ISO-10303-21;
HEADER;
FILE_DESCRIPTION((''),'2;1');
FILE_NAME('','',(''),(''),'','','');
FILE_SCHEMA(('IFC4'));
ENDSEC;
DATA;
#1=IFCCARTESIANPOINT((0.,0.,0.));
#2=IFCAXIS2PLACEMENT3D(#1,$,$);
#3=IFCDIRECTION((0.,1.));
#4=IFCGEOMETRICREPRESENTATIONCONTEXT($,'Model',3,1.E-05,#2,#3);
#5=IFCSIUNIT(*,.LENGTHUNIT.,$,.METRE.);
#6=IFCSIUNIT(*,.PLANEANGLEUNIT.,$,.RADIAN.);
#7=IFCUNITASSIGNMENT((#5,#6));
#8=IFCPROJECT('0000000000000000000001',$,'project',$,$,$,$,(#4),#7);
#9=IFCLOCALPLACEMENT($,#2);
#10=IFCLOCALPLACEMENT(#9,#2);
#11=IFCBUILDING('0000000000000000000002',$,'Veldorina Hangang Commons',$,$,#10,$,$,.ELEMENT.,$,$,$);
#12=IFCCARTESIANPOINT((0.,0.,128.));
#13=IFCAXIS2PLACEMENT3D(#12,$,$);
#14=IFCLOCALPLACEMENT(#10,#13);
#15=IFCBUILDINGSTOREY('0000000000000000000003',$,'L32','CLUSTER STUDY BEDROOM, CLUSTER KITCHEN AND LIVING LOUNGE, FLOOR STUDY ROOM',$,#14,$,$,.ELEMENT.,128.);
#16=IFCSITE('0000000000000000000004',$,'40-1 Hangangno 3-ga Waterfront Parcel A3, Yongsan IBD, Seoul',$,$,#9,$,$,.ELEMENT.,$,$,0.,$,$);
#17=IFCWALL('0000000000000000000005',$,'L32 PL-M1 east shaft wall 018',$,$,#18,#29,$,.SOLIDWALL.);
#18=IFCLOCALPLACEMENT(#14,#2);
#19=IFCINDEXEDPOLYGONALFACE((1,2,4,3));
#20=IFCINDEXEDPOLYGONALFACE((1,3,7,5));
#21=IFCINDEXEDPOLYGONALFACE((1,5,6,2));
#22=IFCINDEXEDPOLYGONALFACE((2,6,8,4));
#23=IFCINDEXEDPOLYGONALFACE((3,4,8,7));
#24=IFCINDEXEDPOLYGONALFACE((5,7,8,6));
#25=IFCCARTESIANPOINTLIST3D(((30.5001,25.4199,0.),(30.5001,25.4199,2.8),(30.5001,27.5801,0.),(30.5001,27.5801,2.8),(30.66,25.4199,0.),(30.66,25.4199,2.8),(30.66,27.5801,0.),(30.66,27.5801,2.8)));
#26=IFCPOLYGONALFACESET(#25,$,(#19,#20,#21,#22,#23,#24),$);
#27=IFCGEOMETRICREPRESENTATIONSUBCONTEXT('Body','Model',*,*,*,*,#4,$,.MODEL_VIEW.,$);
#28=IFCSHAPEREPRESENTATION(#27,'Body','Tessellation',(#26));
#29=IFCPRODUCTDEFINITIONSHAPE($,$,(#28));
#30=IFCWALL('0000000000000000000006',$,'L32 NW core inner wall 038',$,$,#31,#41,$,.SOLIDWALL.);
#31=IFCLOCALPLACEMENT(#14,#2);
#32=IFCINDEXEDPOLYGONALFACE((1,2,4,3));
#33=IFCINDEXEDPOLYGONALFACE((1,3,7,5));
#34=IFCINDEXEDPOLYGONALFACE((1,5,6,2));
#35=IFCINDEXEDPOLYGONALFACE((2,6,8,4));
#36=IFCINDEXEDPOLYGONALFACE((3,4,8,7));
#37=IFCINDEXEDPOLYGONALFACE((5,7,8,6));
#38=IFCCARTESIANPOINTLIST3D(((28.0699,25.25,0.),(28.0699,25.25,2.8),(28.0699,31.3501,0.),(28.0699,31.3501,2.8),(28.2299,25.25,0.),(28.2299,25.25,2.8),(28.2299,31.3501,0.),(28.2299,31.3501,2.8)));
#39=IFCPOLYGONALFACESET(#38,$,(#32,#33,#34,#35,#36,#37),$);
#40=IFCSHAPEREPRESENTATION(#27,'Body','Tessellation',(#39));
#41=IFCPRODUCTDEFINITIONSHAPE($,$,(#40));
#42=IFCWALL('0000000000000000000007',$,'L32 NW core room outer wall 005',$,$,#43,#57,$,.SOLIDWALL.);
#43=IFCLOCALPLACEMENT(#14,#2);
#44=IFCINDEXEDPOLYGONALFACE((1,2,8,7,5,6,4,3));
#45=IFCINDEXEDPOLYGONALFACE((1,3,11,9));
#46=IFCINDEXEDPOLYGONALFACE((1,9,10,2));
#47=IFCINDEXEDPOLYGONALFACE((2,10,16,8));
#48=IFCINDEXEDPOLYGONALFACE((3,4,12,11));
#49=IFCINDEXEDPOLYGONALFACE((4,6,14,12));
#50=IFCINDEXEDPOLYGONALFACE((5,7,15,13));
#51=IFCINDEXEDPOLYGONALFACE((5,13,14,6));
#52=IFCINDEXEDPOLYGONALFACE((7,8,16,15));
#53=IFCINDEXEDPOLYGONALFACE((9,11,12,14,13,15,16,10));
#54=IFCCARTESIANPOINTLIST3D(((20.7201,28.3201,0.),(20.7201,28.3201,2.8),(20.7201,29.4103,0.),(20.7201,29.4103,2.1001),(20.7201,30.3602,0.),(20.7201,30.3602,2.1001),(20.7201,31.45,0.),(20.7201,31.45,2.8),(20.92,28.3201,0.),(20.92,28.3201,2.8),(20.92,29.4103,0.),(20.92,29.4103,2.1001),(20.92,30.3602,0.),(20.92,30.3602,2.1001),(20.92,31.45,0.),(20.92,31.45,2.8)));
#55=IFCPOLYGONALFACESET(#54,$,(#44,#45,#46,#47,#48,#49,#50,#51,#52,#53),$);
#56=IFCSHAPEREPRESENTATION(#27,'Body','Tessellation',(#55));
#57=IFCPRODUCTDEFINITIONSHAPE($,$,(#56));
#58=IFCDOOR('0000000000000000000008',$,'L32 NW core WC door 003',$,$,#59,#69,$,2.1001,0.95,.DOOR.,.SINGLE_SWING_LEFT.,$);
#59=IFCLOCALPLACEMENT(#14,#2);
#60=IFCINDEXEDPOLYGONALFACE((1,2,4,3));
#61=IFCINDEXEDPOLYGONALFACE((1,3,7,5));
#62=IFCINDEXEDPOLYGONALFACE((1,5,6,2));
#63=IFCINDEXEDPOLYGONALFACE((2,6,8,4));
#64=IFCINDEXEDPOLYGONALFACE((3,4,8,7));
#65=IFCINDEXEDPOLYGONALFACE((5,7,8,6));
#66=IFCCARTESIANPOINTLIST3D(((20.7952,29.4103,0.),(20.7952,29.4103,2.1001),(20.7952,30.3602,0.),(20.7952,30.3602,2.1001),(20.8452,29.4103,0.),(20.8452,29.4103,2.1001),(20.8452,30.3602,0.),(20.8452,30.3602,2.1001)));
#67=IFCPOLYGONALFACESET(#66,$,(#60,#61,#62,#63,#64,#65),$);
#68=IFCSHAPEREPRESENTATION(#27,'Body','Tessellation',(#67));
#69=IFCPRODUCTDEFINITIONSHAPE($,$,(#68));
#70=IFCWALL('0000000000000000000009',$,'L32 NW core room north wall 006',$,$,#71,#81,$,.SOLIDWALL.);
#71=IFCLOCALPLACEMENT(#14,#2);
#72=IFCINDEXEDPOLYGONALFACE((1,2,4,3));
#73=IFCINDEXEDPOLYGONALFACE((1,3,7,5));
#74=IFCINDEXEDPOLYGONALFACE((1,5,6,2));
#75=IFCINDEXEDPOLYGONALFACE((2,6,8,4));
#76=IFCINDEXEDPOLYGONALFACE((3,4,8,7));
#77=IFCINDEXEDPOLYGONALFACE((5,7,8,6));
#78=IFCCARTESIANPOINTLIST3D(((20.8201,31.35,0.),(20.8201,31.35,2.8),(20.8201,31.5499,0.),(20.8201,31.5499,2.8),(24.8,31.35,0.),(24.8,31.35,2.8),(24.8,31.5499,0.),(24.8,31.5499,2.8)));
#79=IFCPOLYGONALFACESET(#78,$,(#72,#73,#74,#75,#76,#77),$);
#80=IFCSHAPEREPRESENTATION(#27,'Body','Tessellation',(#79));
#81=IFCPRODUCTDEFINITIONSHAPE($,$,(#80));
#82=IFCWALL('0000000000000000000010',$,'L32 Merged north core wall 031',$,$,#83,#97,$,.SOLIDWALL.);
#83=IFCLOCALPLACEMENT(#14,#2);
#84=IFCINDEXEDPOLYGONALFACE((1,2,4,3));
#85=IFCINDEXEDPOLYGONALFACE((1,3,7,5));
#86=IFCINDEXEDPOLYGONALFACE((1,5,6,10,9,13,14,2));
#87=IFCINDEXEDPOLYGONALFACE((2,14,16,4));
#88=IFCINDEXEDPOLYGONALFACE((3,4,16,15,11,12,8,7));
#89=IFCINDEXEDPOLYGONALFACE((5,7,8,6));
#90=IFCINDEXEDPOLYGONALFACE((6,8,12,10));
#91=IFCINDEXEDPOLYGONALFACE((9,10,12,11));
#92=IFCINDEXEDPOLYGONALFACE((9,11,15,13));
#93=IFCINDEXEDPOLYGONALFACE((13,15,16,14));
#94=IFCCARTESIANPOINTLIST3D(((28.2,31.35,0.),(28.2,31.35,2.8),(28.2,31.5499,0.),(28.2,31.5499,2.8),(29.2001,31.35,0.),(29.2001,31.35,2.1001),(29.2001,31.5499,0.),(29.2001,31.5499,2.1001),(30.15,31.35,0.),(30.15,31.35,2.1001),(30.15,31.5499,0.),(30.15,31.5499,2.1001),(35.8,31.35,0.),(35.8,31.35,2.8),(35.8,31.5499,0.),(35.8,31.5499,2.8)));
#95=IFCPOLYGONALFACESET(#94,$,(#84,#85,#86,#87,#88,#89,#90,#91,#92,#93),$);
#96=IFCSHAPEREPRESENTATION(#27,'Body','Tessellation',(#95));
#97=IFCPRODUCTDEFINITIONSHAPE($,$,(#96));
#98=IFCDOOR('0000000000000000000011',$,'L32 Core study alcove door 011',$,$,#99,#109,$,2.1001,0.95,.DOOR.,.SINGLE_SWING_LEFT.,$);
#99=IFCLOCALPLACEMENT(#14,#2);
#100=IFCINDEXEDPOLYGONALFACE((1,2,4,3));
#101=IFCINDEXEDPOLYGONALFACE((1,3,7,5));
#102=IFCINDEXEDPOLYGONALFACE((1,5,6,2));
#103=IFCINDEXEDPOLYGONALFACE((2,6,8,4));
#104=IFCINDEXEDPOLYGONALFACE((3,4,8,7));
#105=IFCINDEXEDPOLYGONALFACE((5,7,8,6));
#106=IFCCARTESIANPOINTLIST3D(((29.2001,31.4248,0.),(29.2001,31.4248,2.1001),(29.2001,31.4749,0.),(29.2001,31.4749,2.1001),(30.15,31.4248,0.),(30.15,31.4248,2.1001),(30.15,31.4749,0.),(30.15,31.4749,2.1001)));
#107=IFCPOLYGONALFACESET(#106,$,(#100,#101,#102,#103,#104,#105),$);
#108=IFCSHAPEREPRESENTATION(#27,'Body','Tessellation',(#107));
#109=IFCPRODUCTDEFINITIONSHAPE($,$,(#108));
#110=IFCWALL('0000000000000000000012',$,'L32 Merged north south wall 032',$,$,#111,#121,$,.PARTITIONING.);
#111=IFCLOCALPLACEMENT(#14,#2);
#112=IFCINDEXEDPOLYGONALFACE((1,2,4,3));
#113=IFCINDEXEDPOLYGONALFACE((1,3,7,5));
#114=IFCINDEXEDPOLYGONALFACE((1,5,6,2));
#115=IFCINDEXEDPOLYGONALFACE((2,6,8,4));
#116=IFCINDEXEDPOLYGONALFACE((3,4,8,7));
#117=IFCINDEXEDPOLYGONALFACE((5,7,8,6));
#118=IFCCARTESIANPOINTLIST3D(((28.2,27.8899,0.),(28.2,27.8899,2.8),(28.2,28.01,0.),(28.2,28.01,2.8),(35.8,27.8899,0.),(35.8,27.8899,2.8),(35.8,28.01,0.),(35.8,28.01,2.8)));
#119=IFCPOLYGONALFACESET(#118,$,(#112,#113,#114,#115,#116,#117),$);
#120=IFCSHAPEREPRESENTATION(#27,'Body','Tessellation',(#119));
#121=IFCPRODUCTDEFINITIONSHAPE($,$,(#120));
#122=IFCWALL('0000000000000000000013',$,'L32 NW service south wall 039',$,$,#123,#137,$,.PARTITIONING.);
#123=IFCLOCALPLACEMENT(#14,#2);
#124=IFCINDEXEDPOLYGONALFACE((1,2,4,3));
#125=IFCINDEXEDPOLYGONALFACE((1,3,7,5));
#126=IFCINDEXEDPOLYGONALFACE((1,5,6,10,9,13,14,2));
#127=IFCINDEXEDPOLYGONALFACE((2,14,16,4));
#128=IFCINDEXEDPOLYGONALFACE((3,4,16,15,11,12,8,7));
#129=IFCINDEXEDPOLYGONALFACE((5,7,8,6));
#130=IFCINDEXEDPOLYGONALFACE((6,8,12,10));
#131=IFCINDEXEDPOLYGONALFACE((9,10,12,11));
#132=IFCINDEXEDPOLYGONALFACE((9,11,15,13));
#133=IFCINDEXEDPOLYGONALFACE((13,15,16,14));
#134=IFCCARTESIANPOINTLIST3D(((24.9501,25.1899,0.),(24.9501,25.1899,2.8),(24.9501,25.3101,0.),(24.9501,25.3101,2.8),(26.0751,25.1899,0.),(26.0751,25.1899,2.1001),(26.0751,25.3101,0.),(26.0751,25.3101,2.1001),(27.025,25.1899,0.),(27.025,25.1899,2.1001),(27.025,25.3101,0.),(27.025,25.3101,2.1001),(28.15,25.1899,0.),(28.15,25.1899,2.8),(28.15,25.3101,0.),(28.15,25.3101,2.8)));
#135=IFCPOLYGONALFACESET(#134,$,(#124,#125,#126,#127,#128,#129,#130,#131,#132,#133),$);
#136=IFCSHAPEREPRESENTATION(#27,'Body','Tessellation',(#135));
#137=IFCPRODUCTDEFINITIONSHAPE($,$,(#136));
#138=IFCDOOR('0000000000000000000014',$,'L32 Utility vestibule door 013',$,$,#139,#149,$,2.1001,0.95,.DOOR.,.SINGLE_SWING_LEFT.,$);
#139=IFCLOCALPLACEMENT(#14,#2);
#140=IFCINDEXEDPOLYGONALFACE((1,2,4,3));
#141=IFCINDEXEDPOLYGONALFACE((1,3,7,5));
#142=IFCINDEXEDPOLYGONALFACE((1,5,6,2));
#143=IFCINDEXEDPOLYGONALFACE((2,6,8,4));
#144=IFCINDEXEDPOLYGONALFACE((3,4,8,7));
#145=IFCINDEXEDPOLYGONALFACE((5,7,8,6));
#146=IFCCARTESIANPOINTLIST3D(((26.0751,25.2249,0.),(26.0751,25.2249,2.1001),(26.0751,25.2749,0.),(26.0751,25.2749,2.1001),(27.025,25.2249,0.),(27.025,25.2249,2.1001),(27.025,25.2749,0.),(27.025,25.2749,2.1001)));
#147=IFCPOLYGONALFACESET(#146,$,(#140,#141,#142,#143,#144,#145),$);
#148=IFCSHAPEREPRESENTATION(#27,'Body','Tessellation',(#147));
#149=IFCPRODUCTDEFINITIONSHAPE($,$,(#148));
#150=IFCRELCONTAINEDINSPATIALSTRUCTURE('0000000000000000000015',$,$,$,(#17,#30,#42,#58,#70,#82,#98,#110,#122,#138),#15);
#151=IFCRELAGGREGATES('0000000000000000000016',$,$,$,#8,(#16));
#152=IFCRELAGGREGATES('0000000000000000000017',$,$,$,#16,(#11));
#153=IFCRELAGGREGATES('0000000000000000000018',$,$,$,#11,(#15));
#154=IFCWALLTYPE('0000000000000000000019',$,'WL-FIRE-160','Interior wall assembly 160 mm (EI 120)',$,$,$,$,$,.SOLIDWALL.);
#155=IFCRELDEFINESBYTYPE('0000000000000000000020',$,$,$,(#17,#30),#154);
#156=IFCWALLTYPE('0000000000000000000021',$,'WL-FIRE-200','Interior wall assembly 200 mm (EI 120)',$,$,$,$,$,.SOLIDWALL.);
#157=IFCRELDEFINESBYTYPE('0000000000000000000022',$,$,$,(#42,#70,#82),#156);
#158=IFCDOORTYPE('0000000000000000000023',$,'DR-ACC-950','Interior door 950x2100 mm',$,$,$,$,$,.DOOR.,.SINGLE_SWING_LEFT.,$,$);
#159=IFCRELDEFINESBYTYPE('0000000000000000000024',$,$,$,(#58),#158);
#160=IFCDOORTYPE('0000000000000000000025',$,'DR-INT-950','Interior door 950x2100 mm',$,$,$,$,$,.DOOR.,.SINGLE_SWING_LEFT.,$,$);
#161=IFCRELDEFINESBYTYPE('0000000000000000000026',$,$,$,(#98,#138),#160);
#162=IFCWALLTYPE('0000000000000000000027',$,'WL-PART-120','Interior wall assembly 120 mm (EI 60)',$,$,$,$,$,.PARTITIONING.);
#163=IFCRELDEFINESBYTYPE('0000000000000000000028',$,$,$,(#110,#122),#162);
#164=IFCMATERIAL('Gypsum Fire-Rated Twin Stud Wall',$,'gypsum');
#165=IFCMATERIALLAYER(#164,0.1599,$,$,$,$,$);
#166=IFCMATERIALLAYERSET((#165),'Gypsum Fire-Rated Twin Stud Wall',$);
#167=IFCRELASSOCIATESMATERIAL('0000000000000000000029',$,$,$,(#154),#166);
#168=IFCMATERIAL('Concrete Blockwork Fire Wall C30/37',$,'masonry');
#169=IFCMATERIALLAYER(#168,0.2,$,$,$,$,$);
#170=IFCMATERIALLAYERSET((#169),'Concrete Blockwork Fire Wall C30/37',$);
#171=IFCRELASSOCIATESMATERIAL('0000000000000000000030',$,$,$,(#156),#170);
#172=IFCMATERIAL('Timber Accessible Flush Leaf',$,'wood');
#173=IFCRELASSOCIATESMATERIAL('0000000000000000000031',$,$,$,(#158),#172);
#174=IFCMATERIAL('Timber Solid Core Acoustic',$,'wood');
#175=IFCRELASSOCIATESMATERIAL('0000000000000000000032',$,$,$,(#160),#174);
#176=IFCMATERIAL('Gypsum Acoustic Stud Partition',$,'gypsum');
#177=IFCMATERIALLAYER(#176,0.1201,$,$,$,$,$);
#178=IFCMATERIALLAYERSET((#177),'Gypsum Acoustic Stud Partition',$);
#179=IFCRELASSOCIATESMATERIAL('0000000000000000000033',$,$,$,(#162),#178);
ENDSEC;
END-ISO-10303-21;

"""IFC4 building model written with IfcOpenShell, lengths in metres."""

from ifc_helpers import new_model, si_unit, direction, frame, frame_2d, origin, place, context, subcontext, project, spatial, rectangle, extrude, material, layer, layer_set, type_object, element, fill, save


model = new_model("IFC4")

# Units and contexts
model_context = context("Model", 3, precision=1e-05, world=origin(), true_north=direction((0.0, 1.0)))
body_context = subcontext(model_context, "Body", "Model", "MODEL_VIEW")
ifc_project = project(units=[si_unit("LENGTHUNIT", "METRE"), si_unit("PLANEANGLEUNIT", "RADIAN")], contexts=[model_context])

# Site, building, storey
site_placement = place(None, origin())
site = spatial("IfcSite", under=ifc_project, at=site_placement, Name="40-1 Hangangno 3-ga Waterfront Parcel A3, Yongsan IBD, Seoul", CompositionType="ELEMENT", RefElevation=0.0)
building_placement = place(site_placement, origin())
building = spatial("IfcBuilding", under=site, at=building_placement, Name="Veldorina Hangang Commons", CompositionType="ELEMENT")
storey_placement = place(building_placement, frame((0.0, 0.0, 128.0)))
storey = spatial("IfcBuildingStorey", under=building, at=storey_placement, Name="L32", Description="CLUSTER STUDY BEDROOM, CLUSTER KITCHEN AND LIVING LOUNGE, FLOOR STUDY ROOM", CompositionType="ELEMENT", Elevation=128.0)

# Shared definitions
ifc_material_1 = material(Name="Gypsum Fire-Rated Twin Stud Wall", Category="gypsum")
ifc_layer_1 = layer(ifc_material_1, 0.1599)
ifc_layer_set_1 = layer_set([ifc_layer_1], Name="Gypsum Fire-Rated Twin Stud Wall")
wall_type_1 = type_object("IfcWallType", Name="WL-FIRE-160", Description="Interior wall assembly 160 mm (EI 120)", PredefinedType="SOLIDWALL", material=ifc_layer_set_1)

# Walls
for number, where, z_axis, x_axis, name in (
    (1, (30.5801, 25.4199, 0.0), (0.0, 0.0, 1.0), (0.0, 1.0, 0.0), "L32 PL-M1 east shaft wall 018"),
):
    element("IfcWall", number, at=place(storey_placement, frame(where, z_axis=z_axis, x_axis=x_axis)), inside=storey, type_object=wall_type_1, Name=name, PredefinedType="SOLIDWALL", context=body_context, shape_type="SweptSolid", body=[
        extrude(rectangle(XDim=2.1602, YDim=0.1599, at=frame_2d((1.0801, 0.0))), origin(), (0.0, 0.0, 1.0), 2.8),
    ])
wall_1_placement = place(storey_placement, frame((28.1499, 25.25, 0.0), z_axis=(0.0, 0.0, 1.0), x_axis=(0.0, 1.0, 0.0)))
element("IfcWall", 2, at=wall_1_placement, inside=storey, type_object=wall_type_1, Name="L32 NW core inner wall 038", PredefinedType="SOLIDWALL", context=body_context, shape_type="SweptSolid", body=[
    extrude(rectangle(XDim=6.1001, YDim=0.1599, at=frame_2d((3.05, 0.0))), origin(), (0.0, 0.0, 1.0), 2.8),
])

# Wall, opening, door
ifc_material_2 = material(Name="Concrete Blockwork Fire Wall C30/37", Category="masonry")
ifc_layer_2 = layer(ifc_material_2, 0.2)
ifc_layer_set_2 = layer_set([ifc_layer_2], Name="Concrete Blockwork Fire Wall C30/37")
wall_type_2 = type_object("IfcWallType", Name="WL-FIRE-200", Description="Interior wall assembly 200 mm (EI 120)", PredefinedType="SOLIDWALL", material=ifc_layer_set_2)
wall_2_placement = place(storey_placement, frame((20.8201, 28.3201, 0.0), z_axis=(0.0, 0.0, 1.0), x_axis=(0.0, 1.0, 0.0)))
wall_2 = element("IfcWall", 3, at=wall_2_placement, inside=storey, type_object=wall_type_2, Name="L32 NW core room outer wall 005", PredefinedType="SOLIDWALL", context=body_context, shape_type="SweptSolid", body=[
    extrude(rectangle(XDim=3.1299, YDim=0.2, at=frame_2d((1.5649, 0.0))), origin(), (0.0, 0.0, 1.0), 2.8),
])
opening_1_placement = place(wall_2_placement, frame((1.0901, 0.0, 0.0)))
opening_1 = element("IfcOpeningElement", 4, at=opening_1_placement, cuts=wall_2, PredefinedType="OPENING", context=body_context, shape_type="SweptSolid", body=[
    extrude(rectangle(XDim=0.95, YDim=2.1001, at=frame_2d((0.4751, 1.05))), frame((0.0, 0.1099, 0.0), z_axis=(0.0, -1.0, 0.0), x_axis=(1.0, 0.0, 0.0)), (0.0, 0.0, 1.0), 0.22),
])
ifc_material_3 = material(Name="Timber Accessible Flush Leaf", Category="wood")
door_type_1 = type_object("IfcDoorType", Name="DR-ACC-950", Description="Interior door 950x2100 mm", OperationType="SINGLE_SWING_LEFT", PredefinedType="DOOR", material=ifc_material_3)
door_1_placement = place(opening_1_placement, origin())
door_1 = element("IfcDoor", 5, at=door_1_placement, inside=storey, type_object=door_type_1, Name="L32 NW core WC door 003", OperationType="SINGLE_SWING_LEFT", OverallHeight=2.1001, OverallWidth=0.95, PredefinedType="DOOR", context=body_context, shape_type="SweptSolid", body=[
    extrude(rectangle(XDim=0.95, YDim=2.1001, at=frame_2d((0.4751, 1.05))), frame((0.0, 0.0249, 0.0), z_axis=(0.0, -1.0, 0.0), x_axis=(1.0, 0.0, 0.0)), (0.0, 0.0, 1.0), 0.05),
])
fill(opening_1, door_1)

# Wall
wall_3_placement = place(storey_placement, frame((20.8201, 31.45, 0.0), z_axis=(0.0, 0.0, 1.0), x_axis=(1.0, 0.0, 0.0)))
element("IfcWall", 6, at=wall_3_placement, inside=storey, type_object=wall_type_2, Name="L32 NW core room north wall 006", PredefinedType="SOLIDWALL", context=body_context, shape_type="SweptSolid", body=[
    extrude(rectangle(XDim=3.98, YDim=0.2, at=frame_2d((1.99, 0.0))), origin(), (0.0, 0.0, 1.0), 2.8),
])

# Wall, opening, door
wall_4_placement = place(storey_placement, frame((28.2, 31.45, 0.0), z_axis=(0.0, 0.0, 1.0), x_axis=(1.0, 0.0, 0.0)))
wall_4 = element("IfcWall", 7, at=wall_4_placement, inside=storey, type_object=wall_type_2, Name="L32 Merged north core wall 031", PredefinedType="SOLIDWALL", context=body_context, shape_type="SweptSolid", body=[
    extrude(rectangle(XDim=7.6001, YDim=0.2, at=frame_2d((3.8, 0.0))), origin(), (0.0, 0.0, 1.0), 2.8),
])
opening_2_placement = place(wall_4_placement, frame((1.0, 0.0, 0.0)))
opening_2 = element("IfcOpeningElement", 8, at=opening_2_placement, cuts=wall_4, PredefinedType="OPENING", context=body_context, shape_type="SweptSolid", body=[
    extrude(rectangle(XDim=0.95, YDim=2.1001, at=frame_2d((0.4751, 1.05))), frame((0.0, 0.1099, 0.0), z_axis=(0.0, -1.0, 0.0), x_axis=(1.0, 0.0, 0.0)), (0.0, 0.0, 1.0), 0.22),
])
ifc_material_4 = material(Name="Timber Solid Core Acoustic", Category="wood")
door_type_2 = type_object("IfcDoorType", Name="DR-INT-950", Description="Interior door 950x2100 mm", OperationType="SINGLE_SWING_LEFT", PredefinedType="DOOR", material=ifc_material_4)
door_2_placement = place(opening_2_placement, origin())
door_2 = element("IfcDoor", 9, at=door_2_placement, inside=storey, type_object=door_type_2, Name="L32 Core study alcove door 011", OperationType="SINGLE_SWING_LEFT", OverallHeight=2.1001, OverallWidth=0.95, PredefinedType="DOOR", context=body_context, shape_type="SweptSolid", body=[
    extrude(rectangle(XDim=0.95, YDim=2.1001, at=frame_2d((0.4751, 1.05))), frame((0.0, 0.0249, 0.0), z_axis=(0.0, -1.0, 0.0), x_axis=(1.0, 0.0, 0.0)), (0.0, 0.0, 1.0), 0.05),
])
fill(opening_2, door_2)

# Wall
ifc_material_5 = material(Name="Gypsum Acoustic Stud Partition", Category="gypsum")
ifc_layer_3 = layer(ifc_material_5, 0.1201)
ifc_layer_set_3 = layer_set([ifc_layer_3], Name="Gypsum Acoustic Stud Partition")
wall_type_3 = type_object("IfcWallType", Name="WL-PART-120", Description="Interior wall assembly 120 mm (EI 60)", PredefinedType="PARTITIONING", material=ifc_layer_set_3)
wall_5_placement = place(storey_placement, frame((28.2, 27.95, 0.0), z_axis=(0.0, 0.0, 1.0), x_axis=(1.0, 0.0, 0.0)))
element("IfcWall", 10, at=wall_5_placement, inside=storey, type_object=wall_type_3, Name="L32 Merged north south wall 032", PredefinedType="PARTITIONING", context=body_context, shape_type="SweptSolid", body=[
    extrude(rectangle(XDim=7.6001, YDim=0.1201, at=frame_2d((3.8, 0.0))), origin(), (0.0, 0.0, 1.0), 2.8),
])

# Wall, opening, door
wall_6_placement = place(storey_placement, frame((24.95, 25.25, 0.0), z_axis=(0.0, 0.0, 1.0), x_axis=(1.0, 0.0, 0.0)))
wall_6 = element("IfcWall", 11, at=wall_6_placement, inside=storey, type_object=wall_type_3, Name="L32 NW service south wall 039", PredefinedType="PARTITIONING", context=body_context, shape_type="SweptSolid", body=[
    extrude(rectangle(XDim=3.2, YDim=0.1201, at=frame_2d((1.6001, 0.0))), origin(), (0.0, 0.0, 1.0), 2.8),
])
opening_3_placement = place(wall_6_placement, frame((1.125, 0.0, 0.0)))
opening_3 = element("IfcOpeningElement", 12, at=opening_3_placement, cuts=wall_6, PredefinedType="OPENING", context=body_context, shape_type="SweptSolid", body=[
    extrude(rectangle(XDim=0.95, YDim=2.1001, at=frame_2d((0.4751, 1.05))), frame((0.0, 0.0701, 0.0), z_axis=(0.0, -1.0, 0.0), x_axis=(1.0, 0.0, 0.0)), (0.0, 0.0, 1.0), 0.1401),
])
door_3_placement = place(opening_3_placement, origin())
door_3 = element("IfcDoor", 13, at=door_3_placement, inside=storey, type_object=door_type_2, Name="L32 Utility vestibule door 013", OperationType="SINGLE_SWING_LEFT", OverallHeight=2.1001, OverallWidth=0.95, PredefinedType="DOOR", context=body_context, shape_type="SweptSolid", body=[
    extrude(rectangle(XDim=0.95, YDim=2.1001, at=frame_2d((0.4751, 1.05))), frame((0.0, 0.0249, 0.0), z_axis=(0.0, -1.0, 0.0), x_axis=(1.0, 0.0, 0.0)), (0.0, 0.0, 1.0), 0.05),
])
fill(opening_3, door_3)

save(model, "model.ifc")
